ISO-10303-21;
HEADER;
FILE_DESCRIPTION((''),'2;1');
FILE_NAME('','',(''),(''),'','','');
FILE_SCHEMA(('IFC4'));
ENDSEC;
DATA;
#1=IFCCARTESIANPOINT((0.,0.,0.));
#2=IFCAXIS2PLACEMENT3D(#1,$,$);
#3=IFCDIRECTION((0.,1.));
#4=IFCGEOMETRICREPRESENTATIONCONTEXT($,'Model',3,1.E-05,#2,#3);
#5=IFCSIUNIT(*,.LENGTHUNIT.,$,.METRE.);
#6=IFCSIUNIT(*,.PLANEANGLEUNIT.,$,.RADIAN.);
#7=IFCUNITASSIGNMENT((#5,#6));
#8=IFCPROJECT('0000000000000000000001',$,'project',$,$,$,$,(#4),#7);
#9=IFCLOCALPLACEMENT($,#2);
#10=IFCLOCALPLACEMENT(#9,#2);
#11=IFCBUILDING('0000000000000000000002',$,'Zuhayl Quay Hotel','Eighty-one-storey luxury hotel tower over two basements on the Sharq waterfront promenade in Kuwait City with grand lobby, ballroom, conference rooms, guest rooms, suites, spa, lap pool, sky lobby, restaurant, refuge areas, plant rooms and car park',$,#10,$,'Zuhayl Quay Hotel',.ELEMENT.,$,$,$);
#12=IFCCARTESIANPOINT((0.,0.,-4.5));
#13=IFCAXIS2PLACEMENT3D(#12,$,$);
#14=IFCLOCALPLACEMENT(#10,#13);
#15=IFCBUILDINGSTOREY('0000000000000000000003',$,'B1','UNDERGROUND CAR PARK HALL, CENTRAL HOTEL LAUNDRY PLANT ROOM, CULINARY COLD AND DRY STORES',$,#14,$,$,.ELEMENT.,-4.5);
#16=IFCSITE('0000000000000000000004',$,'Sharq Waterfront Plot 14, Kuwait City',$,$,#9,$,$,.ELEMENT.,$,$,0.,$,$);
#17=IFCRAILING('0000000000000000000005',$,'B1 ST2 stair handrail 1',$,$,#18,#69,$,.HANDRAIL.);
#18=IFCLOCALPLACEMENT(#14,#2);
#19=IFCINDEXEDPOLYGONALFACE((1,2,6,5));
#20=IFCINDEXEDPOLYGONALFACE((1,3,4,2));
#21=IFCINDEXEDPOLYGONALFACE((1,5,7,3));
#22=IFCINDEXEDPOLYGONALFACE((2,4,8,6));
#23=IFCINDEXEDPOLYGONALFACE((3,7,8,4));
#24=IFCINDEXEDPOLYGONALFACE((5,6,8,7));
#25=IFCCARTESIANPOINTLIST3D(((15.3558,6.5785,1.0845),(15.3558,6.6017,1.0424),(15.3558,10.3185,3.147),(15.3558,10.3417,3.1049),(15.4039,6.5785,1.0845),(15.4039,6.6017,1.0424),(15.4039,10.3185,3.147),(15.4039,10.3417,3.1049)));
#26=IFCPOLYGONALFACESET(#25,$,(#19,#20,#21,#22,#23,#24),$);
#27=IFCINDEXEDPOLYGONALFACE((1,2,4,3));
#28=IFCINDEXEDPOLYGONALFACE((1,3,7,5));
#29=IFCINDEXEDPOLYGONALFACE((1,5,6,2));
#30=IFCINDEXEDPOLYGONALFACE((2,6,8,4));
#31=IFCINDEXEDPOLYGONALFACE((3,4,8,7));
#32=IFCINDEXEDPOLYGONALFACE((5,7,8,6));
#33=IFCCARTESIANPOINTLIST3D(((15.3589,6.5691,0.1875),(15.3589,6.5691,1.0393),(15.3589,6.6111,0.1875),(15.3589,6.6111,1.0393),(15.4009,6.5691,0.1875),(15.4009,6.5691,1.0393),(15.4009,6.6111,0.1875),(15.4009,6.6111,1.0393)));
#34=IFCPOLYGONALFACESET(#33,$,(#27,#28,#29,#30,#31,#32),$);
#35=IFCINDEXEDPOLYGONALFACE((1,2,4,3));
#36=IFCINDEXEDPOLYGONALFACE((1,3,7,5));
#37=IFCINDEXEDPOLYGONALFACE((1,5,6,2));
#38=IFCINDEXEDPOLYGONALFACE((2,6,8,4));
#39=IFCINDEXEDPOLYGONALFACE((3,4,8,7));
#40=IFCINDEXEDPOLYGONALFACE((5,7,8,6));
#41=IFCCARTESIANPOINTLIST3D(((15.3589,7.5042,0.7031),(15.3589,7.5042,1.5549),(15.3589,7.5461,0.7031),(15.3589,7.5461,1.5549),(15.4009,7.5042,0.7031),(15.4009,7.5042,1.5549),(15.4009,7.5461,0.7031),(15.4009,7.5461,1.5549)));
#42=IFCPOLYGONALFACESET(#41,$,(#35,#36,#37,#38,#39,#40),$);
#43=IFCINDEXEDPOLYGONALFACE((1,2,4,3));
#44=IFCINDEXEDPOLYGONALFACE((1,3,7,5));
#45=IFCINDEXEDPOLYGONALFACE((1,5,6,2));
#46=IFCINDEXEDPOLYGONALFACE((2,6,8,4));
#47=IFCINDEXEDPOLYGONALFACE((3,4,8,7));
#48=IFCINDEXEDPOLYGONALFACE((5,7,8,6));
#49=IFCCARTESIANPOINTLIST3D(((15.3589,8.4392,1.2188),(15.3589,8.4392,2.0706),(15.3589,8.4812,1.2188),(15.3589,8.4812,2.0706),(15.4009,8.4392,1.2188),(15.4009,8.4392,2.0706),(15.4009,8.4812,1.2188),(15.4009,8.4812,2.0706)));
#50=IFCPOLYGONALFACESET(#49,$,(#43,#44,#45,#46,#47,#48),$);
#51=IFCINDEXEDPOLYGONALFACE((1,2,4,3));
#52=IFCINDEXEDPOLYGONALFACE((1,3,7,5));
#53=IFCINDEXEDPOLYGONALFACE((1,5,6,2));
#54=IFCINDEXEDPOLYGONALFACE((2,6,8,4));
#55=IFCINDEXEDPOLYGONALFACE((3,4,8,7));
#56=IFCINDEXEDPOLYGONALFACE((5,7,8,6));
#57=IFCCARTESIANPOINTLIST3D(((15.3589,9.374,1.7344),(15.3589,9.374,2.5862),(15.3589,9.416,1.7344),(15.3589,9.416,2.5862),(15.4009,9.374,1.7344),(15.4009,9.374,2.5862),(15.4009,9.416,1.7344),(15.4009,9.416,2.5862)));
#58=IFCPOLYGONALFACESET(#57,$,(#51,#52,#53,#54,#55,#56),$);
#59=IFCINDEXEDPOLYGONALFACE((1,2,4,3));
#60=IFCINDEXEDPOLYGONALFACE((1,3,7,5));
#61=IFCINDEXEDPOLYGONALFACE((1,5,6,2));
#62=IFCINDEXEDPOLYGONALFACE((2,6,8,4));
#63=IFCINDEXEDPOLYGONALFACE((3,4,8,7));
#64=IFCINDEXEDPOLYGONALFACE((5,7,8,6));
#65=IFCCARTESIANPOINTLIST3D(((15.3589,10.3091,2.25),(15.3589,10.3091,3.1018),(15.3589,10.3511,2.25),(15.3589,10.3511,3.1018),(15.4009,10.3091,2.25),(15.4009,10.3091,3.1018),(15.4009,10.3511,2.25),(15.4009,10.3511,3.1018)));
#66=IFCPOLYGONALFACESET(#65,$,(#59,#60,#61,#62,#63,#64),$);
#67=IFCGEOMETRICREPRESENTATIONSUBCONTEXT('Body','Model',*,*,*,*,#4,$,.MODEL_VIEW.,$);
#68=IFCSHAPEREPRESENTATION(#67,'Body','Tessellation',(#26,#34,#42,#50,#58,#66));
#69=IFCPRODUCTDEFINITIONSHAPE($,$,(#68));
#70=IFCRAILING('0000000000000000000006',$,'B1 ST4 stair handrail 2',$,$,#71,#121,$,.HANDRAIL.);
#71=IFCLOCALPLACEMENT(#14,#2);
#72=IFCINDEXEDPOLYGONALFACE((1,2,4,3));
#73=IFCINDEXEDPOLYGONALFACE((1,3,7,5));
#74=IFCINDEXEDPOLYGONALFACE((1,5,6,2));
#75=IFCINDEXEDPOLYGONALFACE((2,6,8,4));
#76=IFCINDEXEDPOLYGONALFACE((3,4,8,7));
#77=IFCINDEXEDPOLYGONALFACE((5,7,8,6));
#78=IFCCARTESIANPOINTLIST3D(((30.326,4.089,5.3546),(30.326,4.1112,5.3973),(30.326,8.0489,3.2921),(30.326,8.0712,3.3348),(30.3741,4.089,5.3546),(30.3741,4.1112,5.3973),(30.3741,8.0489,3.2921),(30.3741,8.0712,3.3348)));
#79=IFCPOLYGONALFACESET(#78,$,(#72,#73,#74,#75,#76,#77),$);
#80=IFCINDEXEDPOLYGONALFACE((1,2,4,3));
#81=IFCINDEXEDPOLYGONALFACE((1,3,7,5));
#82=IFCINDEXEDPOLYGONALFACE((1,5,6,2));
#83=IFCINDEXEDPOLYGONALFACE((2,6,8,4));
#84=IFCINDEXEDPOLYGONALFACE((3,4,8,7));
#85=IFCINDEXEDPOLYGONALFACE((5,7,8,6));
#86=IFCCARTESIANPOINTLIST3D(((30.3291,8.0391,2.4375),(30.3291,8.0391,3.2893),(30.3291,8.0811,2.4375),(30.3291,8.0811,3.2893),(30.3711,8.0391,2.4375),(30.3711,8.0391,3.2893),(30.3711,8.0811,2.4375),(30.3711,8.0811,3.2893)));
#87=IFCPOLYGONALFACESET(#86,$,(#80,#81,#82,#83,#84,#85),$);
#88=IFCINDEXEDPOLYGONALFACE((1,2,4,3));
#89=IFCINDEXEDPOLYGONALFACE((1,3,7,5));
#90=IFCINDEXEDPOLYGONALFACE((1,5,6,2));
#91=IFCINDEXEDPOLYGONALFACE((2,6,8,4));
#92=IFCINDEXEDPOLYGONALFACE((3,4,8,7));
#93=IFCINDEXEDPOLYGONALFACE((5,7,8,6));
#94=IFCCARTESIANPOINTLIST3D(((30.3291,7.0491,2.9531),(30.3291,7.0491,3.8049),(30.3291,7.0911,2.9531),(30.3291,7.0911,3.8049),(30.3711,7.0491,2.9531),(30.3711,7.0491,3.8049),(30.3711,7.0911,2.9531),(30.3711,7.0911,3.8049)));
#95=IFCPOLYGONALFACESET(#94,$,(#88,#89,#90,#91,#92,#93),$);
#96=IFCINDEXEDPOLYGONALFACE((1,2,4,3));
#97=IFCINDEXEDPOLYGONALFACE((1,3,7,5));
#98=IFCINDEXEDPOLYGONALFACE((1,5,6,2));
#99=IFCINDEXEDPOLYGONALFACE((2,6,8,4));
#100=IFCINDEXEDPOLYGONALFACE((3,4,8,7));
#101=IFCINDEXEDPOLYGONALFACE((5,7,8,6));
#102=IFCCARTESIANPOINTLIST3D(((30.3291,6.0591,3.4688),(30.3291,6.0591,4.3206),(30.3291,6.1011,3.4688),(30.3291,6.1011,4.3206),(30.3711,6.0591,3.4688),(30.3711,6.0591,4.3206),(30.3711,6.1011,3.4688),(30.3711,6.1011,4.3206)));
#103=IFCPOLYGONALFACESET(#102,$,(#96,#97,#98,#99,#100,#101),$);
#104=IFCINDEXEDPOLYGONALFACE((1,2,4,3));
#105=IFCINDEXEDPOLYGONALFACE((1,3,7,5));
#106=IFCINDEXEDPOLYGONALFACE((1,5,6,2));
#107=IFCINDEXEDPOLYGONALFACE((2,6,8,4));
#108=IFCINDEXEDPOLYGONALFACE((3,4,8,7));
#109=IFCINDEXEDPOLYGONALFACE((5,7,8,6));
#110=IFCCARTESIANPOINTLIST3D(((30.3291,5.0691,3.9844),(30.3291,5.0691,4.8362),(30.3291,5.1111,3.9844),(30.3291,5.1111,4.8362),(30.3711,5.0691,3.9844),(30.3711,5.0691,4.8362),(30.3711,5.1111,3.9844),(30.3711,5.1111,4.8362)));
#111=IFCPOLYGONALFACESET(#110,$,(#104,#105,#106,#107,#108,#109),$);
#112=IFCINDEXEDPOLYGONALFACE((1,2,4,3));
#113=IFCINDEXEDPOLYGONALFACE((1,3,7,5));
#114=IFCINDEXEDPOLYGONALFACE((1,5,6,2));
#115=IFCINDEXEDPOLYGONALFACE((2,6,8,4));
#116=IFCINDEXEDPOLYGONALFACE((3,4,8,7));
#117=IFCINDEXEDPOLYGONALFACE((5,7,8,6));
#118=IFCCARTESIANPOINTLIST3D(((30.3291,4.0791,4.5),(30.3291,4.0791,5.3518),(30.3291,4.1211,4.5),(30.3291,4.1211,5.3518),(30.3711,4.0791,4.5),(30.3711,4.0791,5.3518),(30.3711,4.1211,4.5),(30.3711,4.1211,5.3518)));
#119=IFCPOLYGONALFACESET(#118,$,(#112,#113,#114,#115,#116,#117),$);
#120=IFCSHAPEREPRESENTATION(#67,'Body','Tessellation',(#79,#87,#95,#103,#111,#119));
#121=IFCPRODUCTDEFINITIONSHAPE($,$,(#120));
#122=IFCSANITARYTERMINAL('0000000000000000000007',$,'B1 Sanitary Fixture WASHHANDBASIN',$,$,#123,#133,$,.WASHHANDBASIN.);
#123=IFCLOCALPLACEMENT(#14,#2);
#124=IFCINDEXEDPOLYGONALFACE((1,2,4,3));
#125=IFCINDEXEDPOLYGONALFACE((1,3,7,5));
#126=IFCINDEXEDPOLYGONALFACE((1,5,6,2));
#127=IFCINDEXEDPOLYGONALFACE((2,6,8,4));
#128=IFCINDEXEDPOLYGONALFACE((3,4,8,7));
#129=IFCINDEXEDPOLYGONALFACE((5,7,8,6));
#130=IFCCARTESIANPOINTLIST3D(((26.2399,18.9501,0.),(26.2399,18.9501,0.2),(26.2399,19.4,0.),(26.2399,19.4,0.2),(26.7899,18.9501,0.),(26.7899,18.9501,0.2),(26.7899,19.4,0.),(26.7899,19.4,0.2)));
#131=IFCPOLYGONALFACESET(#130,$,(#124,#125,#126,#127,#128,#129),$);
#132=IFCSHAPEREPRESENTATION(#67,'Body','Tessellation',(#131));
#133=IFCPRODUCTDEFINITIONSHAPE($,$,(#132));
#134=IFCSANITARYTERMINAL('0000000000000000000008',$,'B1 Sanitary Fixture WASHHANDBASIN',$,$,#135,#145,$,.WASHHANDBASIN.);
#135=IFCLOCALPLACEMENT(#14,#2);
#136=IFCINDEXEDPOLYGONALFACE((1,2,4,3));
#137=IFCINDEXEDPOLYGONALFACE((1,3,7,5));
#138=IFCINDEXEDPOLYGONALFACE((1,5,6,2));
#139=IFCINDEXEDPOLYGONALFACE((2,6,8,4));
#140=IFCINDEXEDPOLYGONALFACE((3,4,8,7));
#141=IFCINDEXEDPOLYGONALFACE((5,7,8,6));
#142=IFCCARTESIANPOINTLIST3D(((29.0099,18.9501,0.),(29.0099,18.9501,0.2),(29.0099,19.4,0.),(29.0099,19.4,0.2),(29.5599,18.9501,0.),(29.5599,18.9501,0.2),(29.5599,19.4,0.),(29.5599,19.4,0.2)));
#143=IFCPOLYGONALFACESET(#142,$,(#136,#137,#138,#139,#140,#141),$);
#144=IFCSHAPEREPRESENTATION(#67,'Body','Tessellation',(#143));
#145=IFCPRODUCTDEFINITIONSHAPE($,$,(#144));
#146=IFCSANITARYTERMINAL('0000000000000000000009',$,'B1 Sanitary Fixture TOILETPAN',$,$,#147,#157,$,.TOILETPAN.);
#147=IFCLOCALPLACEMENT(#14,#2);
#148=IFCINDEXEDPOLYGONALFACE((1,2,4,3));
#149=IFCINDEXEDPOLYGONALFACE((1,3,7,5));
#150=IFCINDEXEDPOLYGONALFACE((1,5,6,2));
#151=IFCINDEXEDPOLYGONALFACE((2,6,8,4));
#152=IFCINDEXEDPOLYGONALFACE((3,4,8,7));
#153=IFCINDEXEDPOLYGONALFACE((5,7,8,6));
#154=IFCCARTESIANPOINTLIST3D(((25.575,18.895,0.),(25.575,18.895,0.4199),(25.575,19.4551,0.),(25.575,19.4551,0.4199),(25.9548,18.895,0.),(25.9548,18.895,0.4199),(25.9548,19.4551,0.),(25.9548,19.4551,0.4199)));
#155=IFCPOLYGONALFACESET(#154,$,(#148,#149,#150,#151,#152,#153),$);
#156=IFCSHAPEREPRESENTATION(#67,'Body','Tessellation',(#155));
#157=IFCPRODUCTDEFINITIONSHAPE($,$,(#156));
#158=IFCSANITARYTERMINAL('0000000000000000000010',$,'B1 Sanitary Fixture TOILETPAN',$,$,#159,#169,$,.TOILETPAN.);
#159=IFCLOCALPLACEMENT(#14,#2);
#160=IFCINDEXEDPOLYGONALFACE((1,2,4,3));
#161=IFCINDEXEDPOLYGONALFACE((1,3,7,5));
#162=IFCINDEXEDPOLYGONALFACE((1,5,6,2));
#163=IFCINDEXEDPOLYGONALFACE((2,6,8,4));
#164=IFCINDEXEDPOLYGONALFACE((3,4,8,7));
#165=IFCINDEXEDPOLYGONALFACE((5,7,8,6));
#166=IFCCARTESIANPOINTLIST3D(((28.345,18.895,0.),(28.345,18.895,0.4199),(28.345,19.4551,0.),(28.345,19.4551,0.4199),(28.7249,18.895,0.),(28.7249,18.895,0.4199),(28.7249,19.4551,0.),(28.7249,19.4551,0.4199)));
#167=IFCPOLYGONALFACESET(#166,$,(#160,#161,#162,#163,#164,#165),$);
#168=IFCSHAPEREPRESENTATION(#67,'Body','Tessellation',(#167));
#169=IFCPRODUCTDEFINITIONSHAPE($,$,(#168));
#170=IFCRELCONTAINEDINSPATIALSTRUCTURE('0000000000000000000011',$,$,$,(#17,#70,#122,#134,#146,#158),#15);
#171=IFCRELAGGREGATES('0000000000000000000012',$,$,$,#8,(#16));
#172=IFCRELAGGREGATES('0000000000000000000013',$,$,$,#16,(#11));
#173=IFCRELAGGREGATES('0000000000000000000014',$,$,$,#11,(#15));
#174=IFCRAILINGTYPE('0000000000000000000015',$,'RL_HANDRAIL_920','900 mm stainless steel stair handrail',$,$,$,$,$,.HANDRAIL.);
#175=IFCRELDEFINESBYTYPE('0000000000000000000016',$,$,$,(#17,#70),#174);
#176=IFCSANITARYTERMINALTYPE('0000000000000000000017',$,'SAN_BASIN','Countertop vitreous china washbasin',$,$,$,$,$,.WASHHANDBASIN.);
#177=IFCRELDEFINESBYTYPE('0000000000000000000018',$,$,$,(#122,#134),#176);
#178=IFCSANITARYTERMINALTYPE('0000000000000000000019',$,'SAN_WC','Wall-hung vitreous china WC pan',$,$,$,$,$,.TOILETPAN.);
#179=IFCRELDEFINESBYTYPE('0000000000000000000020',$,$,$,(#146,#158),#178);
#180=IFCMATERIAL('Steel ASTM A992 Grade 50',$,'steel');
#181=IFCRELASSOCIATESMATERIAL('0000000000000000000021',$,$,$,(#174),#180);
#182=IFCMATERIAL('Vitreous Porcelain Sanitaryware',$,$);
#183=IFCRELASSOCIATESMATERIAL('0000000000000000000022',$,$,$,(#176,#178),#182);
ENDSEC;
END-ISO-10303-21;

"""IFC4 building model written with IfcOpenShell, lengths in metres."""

from ifc_helpers import new_model, si_unit, direction, frame, origin, origin_2d, place, context, subcontext, project, spatial, rectangle, extrude, material, type_object, element, save


model = new_model("IFC4")

# Units and contexts
model_context = context("Model", 3, precision=1e-05, world=origin(), true_north=direction((0.0, 1.0)))
body_context = subcontext(model_context, "Body", "Model", "MODEL_VIEW")
ifc_project = project(units=[si_unit("LENGTHUNIT", "METRE"), si_unit("PLANEANGLEUNIT", "RADIAN")], contexts=[model_context])

# Site, building, storey
site_placement = place(None, origin())
site = spatial("IfcSite", under=ifc_project, at=site_placement, Name="Sharq Waterfront Plot 14, Kuwait City", CompositionType="ELEMENT", RefElevation=0.0)
building_placement = place(site_placement, origin())
building = spatial("IfcBuilding", under=site, at=building_placement, Name="Zuhayl Quay Hotel", Description="Eighty-one-storey luxury hotel tower over two basements on the Sharq waterfront promenade in Kuwait City with grand lobby, ballroom, conference rooms, guest rooms, suites, spa, lap pool, sky lobby, restaurant, refuge areas, plant rooms and car park", LongName="Zuhayl Quay Hotel", CompositionType="ELEMENT")
storey_placement = place(building_placement, frame((0.0, 0.0, -4.5)))
storey = spatial("IfcBuildingStorey", under=building, at=storey_placement, Name="B1", Description="UNDERGROUND CAR PARK HALL, CENTRAL HOTEL LAUNDRY PLANT ROOM, CULINARY COLD AND DRY STORES", CompositionType="ELEMENT", Elevation=-4.5)

# Shared definitions
ifc_material_1 = material(Name="Steel ASTM A992 Grade 50", Category="steel")

# Railings
railing_type_1 = type_object("IfcRailingType", Name="RL_HANDRAIL_920", Description="900 mm stainless steel stair handrail", PredefinedType="HANDRAIL", material=ifc_material_1)
railing_1_placement = place(storey_placement, frame((15.3799, 6.5901, 0.1875)))
element("IfcRailing", 1, at=railing_1_placement, inside=storey, type_object=railing_type_1, Name="B1 ST2 stair handrail 1", PredefinedType="HANDRAIL", context=body_context, shape_type="SweptSolid", body=[
    extrude(rectangle(XDim=0.0481, YDim=0.0481, at=origin_2d()), frame((0.0, 0.0, 0.876), z_axis=(0.0, 0.875671, 0.482908), x_axis=(-1.0, 0.0, 0.0)), (0.0, 0.0, 1.0), 4.271),
    extrude(rectangle(XDim=0.042, YDim=0.042, at=origin_2d()), origin(), (0.0, 0.0, 1.0), 0.8518),
    extrude(rectangle(XDim=0.042, YDim=0.042, at=origin_2d()), frame((0.0, 0.9351, 0.5156)), (0.0, 0.0, 1.0), 0.8518),
    extrude(rectangle(XDim=0.042, YDim=0.042, at=origin_2d()), frame((0.0, 1.8701, 1.0312)), (0.0, 0.0, 1.0), 0.8518),
    extrude(rectangle(XDim=0.042, YDim=0.042, at=origin_2d()), frame((0.0, 2.8049, 1.5469)), (0.0, 0.0, 1.0), 0.8518),
    extrude(rectangle(XDim=0.042, YDim=0.042, at=origin_2d()), frame((0.0, 3.74, 2.0625)), (0.0, 0.0, 1.0), 0.8518),
])
railing_2_placement = place(storey_placement, frame((30.3501, 8.0601, 2.4375)))
element("IfcRailing", 2, at=railing_2_placement, inside=storey, type_object=railing_type_1, Name="B1 ST4 stair handrail 2", PredefinedType="HANDRAIL", context=body_context, shape_type="SweptSolid", body=[
    extrude(rectangle(XDim=0.0481, YDim=0.0481, at=origin_2d()), frame((0.0, 0.0, 0.876), z_axis=(0.0, -0.886912, 0.461938), x_axis=(1.0, 0.0, 0.0)), (0.0, 0.0, 1.0), 4.4648),
    extrude(rectangle(XDim=0.042, YDim=0.042, at=origin_2d()), origin(), (0.0, 0.0, 1.0), 0.8518),
    extrude(rectangle(XDim=0.042, YDim=0.042, at=origin_2d()), frame((0.0, -0.99, 0.5156)), (0.0, 0.0, 1.0), 0.8518),
    extrude(rectangle(XDim=0.042, YDim=0.042, at=origin_2d()), frame((0.0, -1.98, 1.0312)), (0.0, 0.0, 1.0), 0.8518),
    extrude(rectangle(XDim=0.042, YDim=0.042, at=origin_2d()), frame((0.0, -2.97, 1.5469)), (0.0, 0.0, 1.0), 0.8518),
    extrude(rectangle(XDim=0.042, YDim=0.042, at=origin_2d()), frame((0.0, -3.96, 2.0625)), (0.0, 0.0, 1.0), 0.8518),
])

# Sanitary terminals
ifc_material_2 = material(Name="Vitreous Porcelain Sanitaryware")
sanitary_terminal_type_1 = type_object("IfcSanitaryTerminalType", Name="SAN_BASIN", Description="Countertop vitreous china washbasin", PredefinedType="WASHHANDBASIN", material=ifc_material_2)
for number, where, z_axis, x_axis, name in (
    (3, (26.5149, 19.175, 0.0), (0.0, 0.0, 1.0), (1.0, 0.0, 0.0), "B1 Sanitary Fixture WASHHANDBASIN"),
    (4, (29.2849, 19.175, 0.0), (0.0, 0.0, 1.0), (1.0, 0.0, 0.0), "B1 Sanitary Fixture WASHHANDBASIN"),
):
    element("IfcSanitaryTerminal", number, at=place(storey_placement, frame(where, z_axis=z_axis, x_axis=x_axis)), inside=storey, type_object=sanitary_terminal_type_1, Name=name, PredefinedType="WASHHANDBASIN", context=body_context, shape_type="SweptSolid", body=[
        extrude(rectangle(XDim=0.55, YDim=0.45, at=origin_2d()), origin(), (0.0, 0.0, 1.0), 0.2),
    ])
sanitary_terminal_type_2 = type_object("IfcSanitaryTerminalType", Name="SAN_WC", Description="Wall-hung vitreous china WC pan", PredefinedType="TOILETPAN", material=ifc_material_2)
for number, where, z_axis, x_axis, name in (
    (5, (25.7649, 19.175, 0.0), (0.0, 0.0, 1.0), (1.0, 0.0, 0.0), "B1 Sanitary Fixture TOILETPAN"),
    (6, (28.5349, 19.175, 0.0), (0.0, 0.0, 1.0), (1.0, 0.0, 0.0), "B1 Sanitary Fixture TOILETPAN"),
):
    element("IfcSanitaryTerminal", number, at=place(storey_placement, frame(where, z_axis=z_axis, x_axis=x_axis)), inside=storey, type_object=sanitary_terminal_type_2, Name=name, PredefinedType="TOILETPAN", context=body_context, shape_type="SweptSolid", body=[
        extrude(rectangle(XDim=0.3799, YDim=0.5601, at=origin_2d()), origin(), (0.0, 0.0, 1.0), 0.4199),
    ])

save(model, "model.ifc")
